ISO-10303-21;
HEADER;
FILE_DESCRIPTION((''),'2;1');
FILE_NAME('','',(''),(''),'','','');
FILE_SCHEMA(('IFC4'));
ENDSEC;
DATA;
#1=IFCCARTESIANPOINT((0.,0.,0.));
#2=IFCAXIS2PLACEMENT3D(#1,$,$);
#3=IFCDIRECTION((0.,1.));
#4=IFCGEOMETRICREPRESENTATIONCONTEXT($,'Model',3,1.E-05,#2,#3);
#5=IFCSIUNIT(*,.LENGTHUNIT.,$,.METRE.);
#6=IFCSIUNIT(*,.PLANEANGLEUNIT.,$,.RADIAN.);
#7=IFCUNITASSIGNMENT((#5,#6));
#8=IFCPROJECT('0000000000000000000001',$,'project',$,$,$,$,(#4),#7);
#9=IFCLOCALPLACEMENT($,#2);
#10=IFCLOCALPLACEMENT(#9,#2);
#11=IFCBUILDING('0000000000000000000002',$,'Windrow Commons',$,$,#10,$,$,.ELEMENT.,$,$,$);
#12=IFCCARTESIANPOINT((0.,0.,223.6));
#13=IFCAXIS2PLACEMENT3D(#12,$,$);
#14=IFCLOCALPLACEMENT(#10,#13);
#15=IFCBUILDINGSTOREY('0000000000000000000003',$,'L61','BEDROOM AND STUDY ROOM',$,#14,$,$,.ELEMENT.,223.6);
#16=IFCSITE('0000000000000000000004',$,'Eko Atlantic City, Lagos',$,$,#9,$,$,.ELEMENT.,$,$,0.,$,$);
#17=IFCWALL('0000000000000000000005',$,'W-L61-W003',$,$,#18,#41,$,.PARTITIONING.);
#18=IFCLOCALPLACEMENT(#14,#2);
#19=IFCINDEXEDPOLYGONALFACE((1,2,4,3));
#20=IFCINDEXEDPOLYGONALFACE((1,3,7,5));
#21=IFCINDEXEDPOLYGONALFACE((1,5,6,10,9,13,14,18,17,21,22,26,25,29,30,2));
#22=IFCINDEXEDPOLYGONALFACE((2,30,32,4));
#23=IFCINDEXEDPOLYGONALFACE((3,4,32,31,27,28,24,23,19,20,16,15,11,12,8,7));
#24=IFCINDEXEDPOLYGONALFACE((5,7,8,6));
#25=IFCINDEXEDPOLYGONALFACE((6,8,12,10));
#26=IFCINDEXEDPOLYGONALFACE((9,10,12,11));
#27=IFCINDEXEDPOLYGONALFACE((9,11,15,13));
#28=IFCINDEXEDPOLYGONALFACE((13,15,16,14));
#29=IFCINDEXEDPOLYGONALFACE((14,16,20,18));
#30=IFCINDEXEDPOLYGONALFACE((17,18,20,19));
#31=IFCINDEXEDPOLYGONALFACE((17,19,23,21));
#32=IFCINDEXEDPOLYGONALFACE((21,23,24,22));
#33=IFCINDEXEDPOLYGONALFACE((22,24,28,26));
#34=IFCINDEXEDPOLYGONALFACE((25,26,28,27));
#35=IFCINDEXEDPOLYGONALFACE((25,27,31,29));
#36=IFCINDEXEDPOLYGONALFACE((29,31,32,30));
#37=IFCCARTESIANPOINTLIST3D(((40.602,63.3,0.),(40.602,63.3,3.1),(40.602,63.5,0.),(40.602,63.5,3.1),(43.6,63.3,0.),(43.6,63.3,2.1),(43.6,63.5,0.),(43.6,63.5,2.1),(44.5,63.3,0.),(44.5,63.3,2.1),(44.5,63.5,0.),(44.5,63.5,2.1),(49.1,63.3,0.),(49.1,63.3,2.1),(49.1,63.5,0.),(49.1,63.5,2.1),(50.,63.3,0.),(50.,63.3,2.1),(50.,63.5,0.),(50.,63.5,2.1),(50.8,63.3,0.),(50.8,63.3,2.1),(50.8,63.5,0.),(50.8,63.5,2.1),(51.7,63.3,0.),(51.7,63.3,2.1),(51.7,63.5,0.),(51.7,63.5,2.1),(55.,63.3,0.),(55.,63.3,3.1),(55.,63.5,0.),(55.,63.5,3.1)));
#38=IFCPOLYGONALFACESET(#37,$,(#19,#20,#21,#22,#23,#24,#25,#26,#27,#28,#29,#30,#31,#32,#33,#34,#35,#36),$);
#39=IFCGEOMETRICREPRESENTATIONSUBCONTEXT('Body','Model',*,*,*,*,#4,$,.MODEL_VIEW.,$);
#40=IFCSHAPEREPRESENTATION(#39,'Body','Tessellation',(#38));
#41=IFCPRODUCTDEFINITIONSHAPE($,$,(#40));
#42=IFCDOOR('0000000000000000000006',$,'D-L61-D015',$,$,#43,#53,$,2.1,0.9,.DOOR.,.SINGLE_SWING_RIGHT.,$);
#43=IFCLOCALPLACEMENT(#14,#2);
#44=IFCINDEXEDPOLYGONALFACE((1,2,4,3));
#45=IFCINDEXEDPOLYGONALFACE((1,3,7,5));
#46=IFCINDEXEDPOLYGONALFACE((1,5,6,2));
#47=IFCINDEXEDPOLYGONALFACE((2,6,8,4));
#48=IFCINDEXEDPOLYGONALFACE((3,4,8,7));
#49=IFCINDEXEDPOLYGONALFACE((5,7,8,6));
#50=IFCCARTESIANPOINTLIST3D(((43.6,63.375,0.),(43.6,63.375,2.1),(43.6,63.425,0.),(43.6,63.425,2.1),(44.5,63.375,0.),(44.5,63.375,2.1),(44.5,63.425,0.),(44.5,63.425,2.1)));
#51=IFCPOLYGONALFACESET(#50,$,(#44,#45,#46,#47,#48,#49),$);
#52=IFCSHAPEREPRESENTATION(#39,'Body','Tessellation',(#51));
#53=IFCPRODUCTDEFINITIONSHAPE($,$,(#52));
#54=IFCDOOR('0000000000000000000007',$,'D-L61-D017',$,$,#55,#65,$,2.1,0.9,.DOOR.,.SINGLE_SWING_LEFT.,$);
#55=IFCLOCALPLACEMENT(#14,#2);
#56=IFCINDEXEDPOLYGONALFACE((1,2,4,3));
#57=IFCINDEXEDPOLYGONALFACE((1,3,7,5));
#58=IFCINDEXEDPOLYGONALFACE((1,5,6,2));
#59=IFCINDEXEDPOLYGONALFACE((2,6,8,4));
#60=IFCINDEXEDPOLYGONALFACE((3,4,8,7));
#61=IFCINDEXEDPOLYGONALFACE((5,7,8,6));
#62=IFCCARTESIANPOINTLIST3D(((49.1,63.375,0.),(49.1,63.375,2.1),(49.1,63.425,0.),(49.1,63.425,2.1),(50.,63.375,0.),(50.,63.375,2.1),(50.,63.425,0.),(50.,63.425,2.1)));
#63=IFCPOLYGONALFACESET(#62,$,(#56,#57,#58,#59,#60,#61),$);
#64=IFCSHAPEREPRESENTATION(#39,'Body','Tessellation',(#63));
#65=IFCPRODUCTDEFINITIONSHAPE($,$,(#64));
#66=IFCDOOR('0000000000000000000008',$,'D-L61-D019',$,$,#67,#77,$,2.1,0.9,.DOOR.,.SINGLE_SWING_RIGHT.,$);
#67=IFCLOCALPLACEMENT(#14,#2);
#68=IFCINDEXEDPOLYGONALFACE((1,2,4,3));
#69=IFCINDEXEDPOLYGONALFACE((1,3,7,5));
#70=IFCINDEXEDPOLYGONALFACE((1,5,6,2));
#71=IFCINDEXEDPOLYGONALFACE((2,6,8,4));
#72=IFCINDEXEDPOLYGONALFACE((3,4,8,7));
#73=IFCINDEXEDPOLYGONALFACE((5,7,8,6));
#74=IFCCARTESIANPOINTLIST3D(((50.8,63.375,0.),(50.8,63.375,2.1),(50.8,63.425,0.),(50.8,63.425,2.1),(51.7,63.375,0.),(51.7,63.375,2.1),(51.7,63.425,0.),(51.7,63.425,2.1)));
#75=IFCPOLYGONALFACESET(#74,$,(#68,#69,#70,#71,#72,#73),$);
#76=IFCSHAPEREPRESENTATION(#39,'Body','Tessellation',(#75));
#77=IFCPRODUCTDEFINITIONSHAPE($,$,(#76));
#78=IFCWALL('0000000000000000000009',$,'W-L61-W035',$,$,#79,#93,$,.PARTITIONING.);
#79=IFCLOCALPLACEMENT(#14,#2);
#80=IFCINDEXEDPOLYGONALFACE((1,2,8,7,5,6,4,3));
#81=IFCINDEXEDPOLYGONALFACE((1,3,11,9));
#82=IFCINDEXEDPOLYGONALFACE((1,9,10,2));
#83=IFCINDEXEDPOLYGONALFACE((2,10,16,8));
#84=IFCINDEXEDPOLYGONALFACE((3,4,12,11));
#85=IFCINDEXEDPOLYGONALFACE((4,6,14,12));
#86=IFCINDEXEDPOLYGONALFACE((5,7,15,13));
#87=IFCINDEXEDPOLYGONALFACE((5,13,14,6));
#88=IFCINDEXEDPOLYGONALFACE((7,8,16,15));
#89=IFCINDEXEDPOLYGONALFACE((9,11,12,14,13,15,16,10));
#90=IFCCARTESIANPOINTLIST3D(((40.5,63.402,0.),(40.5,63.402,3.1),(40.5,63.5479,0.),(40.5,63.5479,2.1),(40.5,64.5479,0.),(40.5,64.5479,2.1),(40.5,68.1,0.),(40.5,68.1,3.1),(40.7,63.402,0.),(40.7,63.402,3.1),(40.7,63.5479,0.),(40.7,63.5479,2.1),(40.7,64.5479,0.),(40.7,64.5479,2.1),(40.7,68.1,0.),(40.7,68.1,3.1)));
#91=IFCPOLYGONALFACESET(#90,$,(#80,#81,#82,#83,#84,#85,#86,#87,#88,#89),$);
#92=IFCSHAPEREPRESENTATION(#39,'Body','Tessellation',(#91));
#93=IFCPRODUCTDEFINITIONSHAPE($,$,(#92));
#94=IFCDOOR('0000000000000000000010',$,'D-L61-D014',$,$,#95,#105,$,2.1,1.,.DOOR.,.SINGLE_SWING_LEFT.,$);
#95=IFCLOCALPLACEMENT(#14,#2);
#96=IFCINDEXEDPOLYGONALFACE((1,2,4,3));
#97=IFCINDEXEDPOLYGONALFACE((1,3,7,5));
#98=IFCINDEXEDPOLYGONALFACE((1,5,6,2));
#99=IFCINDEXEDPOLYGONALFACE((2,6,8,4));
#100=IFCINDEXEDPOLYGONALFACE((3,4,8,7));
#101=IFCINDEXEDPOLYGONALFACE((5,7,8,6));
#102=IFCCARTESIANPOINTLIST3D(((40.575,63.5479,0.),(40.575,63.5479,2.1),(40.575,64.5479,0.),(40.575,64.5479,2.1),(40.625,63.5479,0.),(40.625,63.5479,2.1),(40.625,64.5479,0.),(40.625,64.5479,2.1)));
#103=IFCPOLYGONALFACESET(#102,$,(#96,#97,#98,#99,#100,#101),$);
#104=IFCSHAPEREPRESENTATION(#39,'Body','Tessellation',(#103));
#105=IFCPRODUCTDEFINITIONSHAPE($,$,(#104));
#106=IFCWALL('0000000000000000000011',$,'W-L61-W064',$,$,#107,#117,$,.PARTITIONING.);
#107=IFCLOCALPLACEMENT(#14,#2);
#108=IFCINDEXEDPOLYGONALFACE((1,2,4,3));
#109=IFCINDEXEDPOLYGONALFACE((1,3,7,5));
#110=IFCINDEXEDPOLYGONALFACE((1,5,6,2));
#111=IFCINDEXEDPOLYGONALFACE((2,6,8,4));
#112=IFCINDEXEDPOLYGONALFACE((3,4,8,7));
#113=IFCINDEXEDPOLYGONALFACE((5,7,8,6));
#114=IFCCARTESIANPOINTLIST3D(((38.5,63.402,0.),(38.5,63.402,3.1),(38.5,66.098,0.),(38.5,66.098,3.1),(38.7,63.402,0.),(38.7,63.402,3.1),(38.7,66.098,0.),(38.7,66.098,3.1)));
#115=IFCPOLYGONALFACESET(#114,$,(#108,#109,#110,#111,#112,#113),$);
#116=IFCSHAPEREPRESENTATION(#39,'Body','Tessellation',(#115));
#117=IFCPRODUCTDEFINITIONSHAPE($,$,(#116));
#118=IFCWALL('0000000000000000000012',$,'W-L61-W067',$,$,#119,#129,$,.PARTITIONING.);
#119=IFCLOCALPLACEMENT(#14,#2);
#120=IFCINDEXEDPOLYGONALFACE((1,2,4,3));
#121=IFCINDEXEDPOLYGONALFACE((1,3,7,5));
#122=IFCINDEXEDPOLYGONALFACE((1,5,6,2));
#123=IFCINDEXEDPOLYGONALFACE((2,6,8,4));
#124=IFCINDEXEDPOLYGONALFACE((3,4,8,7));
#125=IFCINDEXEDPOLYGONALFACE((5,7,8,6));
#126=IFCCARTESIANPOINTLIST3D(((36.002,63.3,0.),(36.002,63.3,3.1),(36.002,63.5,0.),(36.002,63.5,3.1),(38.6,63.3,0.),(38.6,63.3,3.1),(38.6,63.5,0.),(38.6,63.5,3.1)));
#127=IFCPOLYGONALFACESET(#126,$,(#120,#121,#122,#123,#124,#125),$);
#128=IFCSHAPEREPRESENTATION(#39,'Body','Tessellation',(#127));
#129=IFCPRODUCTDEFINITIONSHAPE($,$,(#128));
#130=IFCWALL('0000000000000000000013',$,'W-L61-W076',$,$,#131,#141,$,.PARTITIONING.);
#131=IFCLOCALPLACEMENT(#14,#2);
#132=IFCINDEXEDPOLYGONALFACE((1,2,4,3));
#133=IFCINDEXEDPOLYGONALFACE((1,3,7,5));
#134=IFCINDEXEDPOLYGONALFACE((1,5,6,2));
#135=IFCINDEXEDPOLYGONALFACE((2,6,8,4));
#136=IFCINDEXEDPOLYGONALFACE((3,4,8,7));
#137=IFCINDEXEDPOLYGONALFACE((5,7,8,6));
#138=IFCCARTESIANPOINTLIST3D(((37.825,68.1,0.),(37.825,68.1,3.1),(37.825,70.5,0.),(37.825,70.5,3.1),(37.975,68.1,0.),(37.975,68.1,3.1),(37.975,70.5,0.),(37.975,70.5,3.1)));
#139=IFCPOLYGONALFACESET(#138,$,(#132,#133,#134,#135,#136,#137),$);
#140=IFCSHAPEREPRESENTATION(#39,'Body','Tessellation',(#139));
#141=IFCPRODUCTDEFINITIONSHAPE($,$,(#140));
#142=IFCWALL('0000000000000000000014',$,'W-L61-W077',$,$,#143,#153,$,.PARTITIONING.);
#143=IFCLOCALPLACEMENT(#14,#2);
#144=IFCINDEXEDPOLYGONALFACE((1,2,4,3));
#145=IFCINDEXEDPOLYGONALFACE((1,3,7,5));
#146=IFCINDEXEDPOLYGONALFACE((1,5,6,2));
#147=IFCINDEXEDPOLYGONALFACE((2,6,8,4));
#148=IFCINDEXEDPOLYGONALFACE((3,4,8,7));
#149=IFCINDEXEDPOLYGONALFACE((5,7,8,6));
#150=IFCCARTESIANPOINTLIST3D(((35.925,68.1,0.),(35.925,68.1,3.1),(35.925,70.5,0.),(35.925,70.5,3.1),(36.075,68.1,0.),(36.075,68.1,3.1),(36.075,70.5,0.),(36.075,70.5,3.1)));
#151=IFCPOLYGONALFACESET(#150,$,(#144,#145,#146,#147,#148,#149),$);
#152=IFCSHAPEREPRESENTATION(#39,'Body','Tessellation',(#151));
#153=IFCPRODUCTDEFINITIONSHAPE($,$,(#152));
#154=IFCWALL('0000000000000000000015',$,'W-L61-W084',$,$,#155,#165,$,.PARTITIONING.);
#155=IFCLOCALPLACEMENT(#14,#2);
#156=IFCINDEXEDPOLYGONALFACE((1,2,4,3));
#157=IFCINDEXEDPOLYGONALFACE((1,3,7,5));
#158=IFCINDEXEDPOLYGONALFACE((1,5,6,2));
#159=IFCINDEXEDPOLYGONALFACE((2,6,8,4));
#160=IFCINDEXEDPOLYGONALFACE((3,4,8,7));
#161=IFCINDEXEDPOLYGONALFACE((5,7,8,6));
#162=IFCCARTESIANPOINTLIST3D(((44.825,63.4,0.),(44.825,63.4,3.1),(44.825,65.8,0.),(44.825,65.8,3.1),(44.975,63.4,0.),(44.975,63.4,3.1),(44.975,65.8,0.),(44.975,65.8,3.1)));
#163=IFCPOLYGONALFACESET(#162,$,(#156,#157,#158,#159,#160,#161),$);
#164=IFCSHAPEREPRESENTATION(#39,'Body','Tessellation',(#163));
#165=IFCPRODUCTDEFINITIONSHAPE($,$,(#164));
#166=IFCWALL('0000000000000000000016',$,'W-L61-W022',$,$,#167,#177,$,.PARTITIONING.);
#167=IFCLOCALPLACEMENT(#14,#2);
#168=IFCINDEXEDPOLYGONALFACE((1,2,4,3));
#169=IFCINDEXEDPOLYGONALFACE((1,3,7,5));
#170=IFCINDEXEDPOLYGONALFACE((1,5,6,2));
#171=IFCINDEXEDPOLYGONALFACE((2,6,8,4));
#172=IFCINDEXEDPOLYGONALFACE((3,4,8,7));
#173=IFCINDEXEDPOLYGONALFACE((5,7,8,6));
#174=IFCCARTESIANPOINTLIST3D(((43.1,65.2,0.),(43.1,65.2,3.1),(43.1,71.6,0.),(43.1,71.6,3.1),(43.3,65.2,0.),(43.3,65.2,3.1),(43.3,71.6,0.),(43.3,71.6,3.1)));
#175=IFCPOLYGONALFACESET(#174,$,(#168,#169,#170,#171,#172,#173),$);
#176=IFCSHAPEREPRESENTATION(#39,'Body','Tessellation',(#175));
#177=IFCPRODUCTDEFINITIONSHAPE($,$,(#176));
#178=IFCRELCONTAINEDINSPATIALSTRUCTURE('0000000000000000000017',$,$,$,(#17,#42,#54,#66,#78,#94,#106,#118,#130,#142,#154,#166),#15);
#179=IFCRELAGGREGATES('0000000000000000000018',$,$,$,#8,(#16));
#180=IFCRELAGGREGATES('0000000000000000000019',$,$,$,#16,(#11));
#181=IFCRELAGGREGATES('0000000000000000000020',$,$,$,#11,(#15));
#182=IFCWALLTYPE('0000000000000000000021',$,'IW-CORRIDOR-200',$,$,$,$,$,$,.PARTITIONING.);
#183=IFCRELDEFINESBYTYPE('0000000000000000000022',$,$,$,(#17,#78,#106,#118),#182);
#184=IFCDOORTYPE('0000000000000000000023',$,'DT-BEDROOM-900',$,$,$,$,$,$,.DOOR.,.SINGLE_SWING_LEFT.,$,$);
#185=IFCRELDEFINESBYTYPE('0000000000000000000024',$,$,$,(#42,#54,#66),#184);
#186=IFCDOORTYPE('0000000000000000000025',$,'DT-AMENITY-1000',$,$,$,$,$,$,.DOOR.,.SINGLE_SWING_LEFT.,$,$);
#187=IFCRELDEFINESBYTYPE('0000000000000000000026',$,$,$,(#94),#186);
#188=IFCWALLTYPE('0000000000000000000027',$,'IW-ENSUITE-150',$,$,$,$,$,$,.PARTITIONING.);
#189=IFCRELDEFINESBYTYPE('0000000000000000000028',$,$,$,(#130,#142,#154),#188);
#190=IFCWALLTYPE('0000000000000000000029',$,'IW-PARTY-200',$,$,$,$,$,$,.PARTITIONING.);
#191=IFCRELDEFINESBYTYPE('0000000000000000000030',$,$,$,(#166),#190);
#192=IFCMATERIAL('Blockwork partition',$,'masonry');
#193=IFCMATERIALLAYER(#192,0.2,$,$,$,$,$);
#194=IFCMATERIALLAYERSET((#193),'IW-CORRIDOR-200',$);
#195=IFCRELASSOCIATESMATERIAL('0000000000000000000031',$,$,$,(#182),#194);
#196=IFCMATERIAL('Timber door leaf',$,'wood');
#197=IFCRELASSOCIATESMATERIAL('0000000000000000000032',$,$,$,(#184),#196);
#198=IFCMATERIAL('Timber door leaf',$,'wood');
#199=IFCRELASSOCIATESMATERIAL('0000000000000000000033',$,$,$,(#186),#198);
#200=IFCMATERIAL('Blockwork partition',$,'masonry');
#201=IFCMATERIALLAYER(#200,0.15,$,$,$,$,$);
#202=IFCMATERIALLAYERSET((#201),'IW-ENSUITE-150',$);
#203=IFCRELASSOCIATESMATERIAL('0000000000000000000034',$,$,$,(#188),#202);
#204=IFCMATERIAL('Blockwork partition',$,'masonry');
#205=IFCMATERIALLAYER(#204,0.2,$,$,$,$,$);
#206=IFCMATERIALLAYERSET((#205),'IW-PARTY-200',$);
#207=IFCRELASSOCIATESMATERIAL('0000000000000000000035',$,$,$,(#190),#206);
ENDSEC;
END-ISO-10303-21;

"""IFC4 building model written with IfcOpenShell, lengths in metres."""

from ifc_helpers import new_model, si_unit, direction, frame, frame_2d, origin, place, context, subcontext, project, spatial, rectangle, extrude, material, layer, layer_set, type_object, element, fill, save


model = new_model("IFC4")

# Units and contexts
model_context = context("Model", 3, precision=1e-05, world=origin(), true_north=direction((0.0, 1.0)))
body_context = subcontext(model_context, "Body", "Model", "MODEL_VIEW")
ifc_project = project(units=[si_unit("LENGTHUNIT", "METRE"), si_unit("PLANEANGLEUNIT", "RADIAN")], contexts=[model_context])

# Site, building, storey
site_placement = place(None, origin())
site = spatial("IfcSite", under=ifc_project, at=site_placement, Name="Eko Atlantic City, Lagos", CompositionType="ELEMENT", RefElevation=0.0)
building_placement = place(site_placement, origin())
building = spatial("IfcBuilding", under=site, at=building_placement, Name="Windrow Commons", CompositionType="ELEMENT")
storey_placement = place(building_placement, frame((0.0, 0.0, 223.6)))
storey = spatial("IfcBuildingStorey", under=building, at=storey_placement, Name="L61", Description="BEDROOM AND STUDY ROOM", CompositionType="ELEMENT", Elevation=223.6)

# Wall, openings, doors
ifc_material_1 = material(Name="Blockwork partition", Category="masonry")
ifc_layer_1 = layer(ifc_material_1, 0.2)
ifc_layer_set_1 = layer_set([ifc_layer_1], Name="IW-CORRIDOR-200")
wall_type_1 = type_object("IfcWallType", Name="IW-CORRIDOR-200", PredefinedType="PARTITIONING", material=ifc_layer_set_1)
wall_1_placement = place(storey_placement, frame((40.602, 63.4, 0.0), z_axis=(0.0, 0.0, 1.0), x_axis=(1.0, 0.0, 0.0)))
wall_1 = element("IfcWall", 1, at=wall_1_placement, inside=storey, type_object=wall_type_1, Name="W-L61-W003", PredefinedType="PARTITIONING", context=body_context, shape_type="SweptSolid", body=[
    extrude(rectangle(XDim=14.398, YDim=0.2, at=frame_2d((7.199, 0.0))), origin(), (0.0, 0.0, 1.0), 3.1),
])
opening_1_placement = place(wall_1_placement, frame((2.998, 0.0, 0.0)))
opening_1 = element("IfcOpeningElement", 2, at=opening_1_placement, cuts=wall_1, PredefinedType="OPENING", context=body_context, shape_type="SweptSolid", body=[
    extrude(rectangle(XDim=0.9, YDim=2.1, at=frame_2d((0.45, 1.05))), frame((0.0, 0.11, 0.0), z_axis=(0.0, -1.0, 0.0), x_axis=(1.0, 0.0, 0.0)), (0.0, 0.0, 1.0), 0.22),
])
opening_2_placement = place(wall_1_placement, frame((8.498, 0.0, 0.0)))
opening_2 = element("IfcOpeningElement", 3, at=opening_2_placement, cuts=wall_1, PredefinedType="OPENING", context=body_context, shape_type="SweptSolid", body=[
    extrude(rectangle(XDim=0.9, YDim=2.1, at=frame_2d((0.45, 1.05))), frame((0.0, 0.11, 0.0), z_axis=(0.0, -1.0, 0.0), x_axis=(1.0, 0.0, 0.0)), (0.0, 0.0, 1.0), 0.22),
])
opening_3_placement = place(wall_1_placement, frame((10.198, 0.0, 0.0)))
opening_3 = element("IfcOpeningElement", 4, at=opening_3_placement, cuts=wall_1, PredefinedType="OPENING", context=body_context, shape_type="SweptSolid", body=[
    extrude(rectangle(XDim=0.9, YDim=2.1, at=frame_2d((0.45, 1.05))), frame((0.0, 0.11, 0.0), z_axis=(0.0, -1.0, 0.0), x_axis=(1.0, 0.0, 0.0)), (0.0, 0.0, 1.0), 0.22),
])
ifc_material_2 = material(Name="Timber door leaf", Category="wood")
door_type_1 = type_object("IfcDoorType", Name="DT-BEDROOM-900", OperationType="SINGLE_SWING_LEFT", PredefinedType="DOOR", material=ifc_material_2)
door_1_placement = place(opening_1_placement, origin())
door_1 = element("IfcDoor", 5, at=door_1_placement, inside=storey, type_object=door_type_1, Name="D-L61-D015", OperationType="SINGLE_SWING_RIGHT", OverallHeight=2.1, OverallWidth=0.9, PredefinedType="DOOR", context=body_context, shape_type="SweptSolid", body=[
    extrude(rectangle(XDim=0.9, YDim=2.1, at=frame_2d((0.45, 1.05))), frame((0.0, 0.025, 0.0), z_axis=(0.0, -1.0, 0.0), x_axis=(1.0, 0.0, 0.0)), (0.0, 0.0, 1.0), 0.05),
])
fill(opening_1, door_1)
door_2_placement = place(opening_2_placement, origin())
door_2 = element("IfcDoor", 6, at=door_2_placement, inside=storey, type_object=door_type_1, Name="D-L61-D017", OperationType="SINGLE_SWING_LEFT", OverallHeight=2.1, OverallWidth=0.9, PredefinedType="DOOR", context=body_context, shape_type="SweptSolid", body=[
    extrude(rectangle(XDim=0.9, YDim=2.1, at=frame_2d((0.45, 1.05))), frame((0.0, 0.025, 0.0), z_axis=(0.0, -1.0, 0.0), x_axis=(1.0, 0.0, 0.0)), (0.0, 0.0, 1.0), 0.05),
])
fill(opening_2, door_2)
door_3_placement = place(opening_3_placement, origin())
door_3 = element("IfcDoor", 7, at=door_3_placement, inside=storey, type_object=door_type_1, Name="D-L61-D019", OperationType="SINGLE_SWING_RIGHT", OverallHeight=2.1, OverallWidth=0.9, PredefinedType="DOOR", context=body_context, shape_type="SweptSolid", body=[
    extrude(rectangle(XDim=0.9, YDim=2.1, at=frame_2d((0.45, 1.05))), frame((0.0, 0.025, 0.0), z_axis=(0.0, -1.0, 0.0), x_axis=(1.0, 0.0, 0.0)), (0.0, 0.0, 1.0), 0.05),
])
fill(opening_3, door_3)

# Wall, opening, door
wall_2_placement = place(storey_placement, frame((40.6, 63.402, 0.0), z_axis=(0.0, 0.0, 1.0), x_axis=(0.0, 1.0, 0.0)))
wall_2 = element("IfcWall", 8, at=wall_2_placement, inside=storey, type_object=wall_type_1, Name="W-L61-W035", PredefinedType="PARTITIONING", context=body_context, shape_type="SweptSolid", body=[
    extrude(rectangle(XDim=4.698, YDim=0.2, at=frame_2d((2.349, 0.0))), origin(), (0.0, 0.0, 1.0), 3.1),
])
opening_4_placement = place(wall_2_placement, frame((0.1459, 0.0, 0.0)))
opening_4 = element("IfcOpeningElement", 9, at=opening_4_placement, cuts=wall_2, PredefinedType="OPENING", context=body_context, shape_type="SweptSolid", body=[
    extrude(rectangle(XDim=1.0, YDim=2.1, at=frame_2d((0.5, 1.05))), frame((0.0, 0.11, 0.0), z_axis=(0.0, -1.0, 0.0), x_axis=(1.0, 0.0, 0.0)), (0.0, 0.0, 1.0), 0.22),
])
ifc_material_3 = material(Name="Timber door leaf", Category="wood")
door_type_2 = type_object("IfcDoorType", Name="DT-AMENITY-1000", OperationType="SINGLE_SWING_LEFT", PredefinedType="DOOR", material=ifc_material_3)
door_4_placement = place(opening_4_placement, origin())
door_4 = element("IfcDoor", 10, at=door_4_placement, inside=storey, type_object=door_type_2, Name="D-L61-D014", OperationType="SINGLE_SWING_LEFT", OverallHeight=2.1, OverallWidth=1.0, PredefinedType="DOOR", context=body_context, shape_type="SweptSolid", body=[
    extrude(rectangle(XDim=1.0, YDim=2.1, at=frame_2d((0.5, 1.05))), frame((0.0, 0.025, 0.0), z_axis=(0.0, -1.0, 0.0), x_axis=(1.0, 0.0, 0.0)), (0.0, 0.0, 1.0), 0.05),
])
fill(opening_4, door_4)

# Walls
wall_3_placement = place(storey_placement, frame((38.6, 63.402, 0.0), z_axis=(0.0, 0.0, 1.0), x_axis=(0.0, 1.0, 0.0)))
element("IfcWall", 11, at=wall_3_placement, inside=storey, type_object=wall_type_1, Name="W-L61-W064", PredefinedType="PARTITIONING", context=body_context, shape_type="SweptSolid", body=[
    extrude(rectangle(XDim=2.696, YDim=0.2, at=frame_2d((1.348, 0.0))), origin(), (0.0, 0.0, 1.0), 3.1),
])
wall_4_placement = place(storey_placement, frame((36.002, 63.4, 0.0), z_axis=(0.0, 0.0, 1.0), x_axis=(1.0, 0.0, 0.0)))
element("IfcWall", 12, at=wall_4_placement, inside=storey, type_object=wall_type_1, Name="W-L61-W067", PredefinedType="PARTITIONING", context=body_context, shape_type="SweptSolid", body=[
    extrude(rectangle(XDim=2.598, YDim=0.2, at=frame_2d((1.299, 0.0))), origin(), (0.0, 0.0, 1.0), 3.1),
])
ifc_material_4 = material(Name="Blockwork partition", Category="masonry")
ifc_layer_2 = layer(ifc_material_4, 0.15)
ifc_layer_set_2 = layer_set([ifc_layer_2], Name="IW-ENSUITE-150")
wall_type_2 = type_object("IfcWallType", Name="IW-ENSUITE-150", PredefinedType="PARTITIONING", material=ifc_layer_set_2)
for number, where, z_axis, x_axis, name in (
    (13, (37.9, 68.1, 0.0), (0.0, 0.0, 1.0), (0.0, 1.0, 0.0), "W-L61-W076"),
    (14, (36.0, 68.1, 0.0), (0.0, 0.0, 1.0), (0.0, 1.0, 0.0), "W-L61-W077"),
    (15, (44.9, 63.4, 0.0), (0.0, 0.0, 1.0), (0.0, 1.0, 0.0), "W-L61-W084"),
):
    element("IfcWall", number, at=place(storey_placement, frame(where, z_axis=z_axis, x_axis=x_axis)), inside=storey, type_object=wall_type_2, Name=name, PredefinedType="PARTITIONING", context=body_context, shape_type="SweptSolid", body=[
        extrude(rectangle(XDim=2.4, YDim=0.15, at=frame_2d((1.2, 0.0))), origin(), (0.0, 0.0, 1.0), 3.1),
    ])
ifc_material_5 = material(Name="Blockwork partition", Category="masonry")
ifc_layer_3 = layer(ifc_material_5, 0.2)
ifc_layer_set_3 = layer_set([ifc_layer_3], Name="IW-PARTY-200")
wall_type_3 = type_object("IfcWallType", Name="IW-PARTY-200", PredefinedType="PARTITIONING", material=ifc_layer_set_3)
wall_5_placement = place(storey_placement, frame((43.2, 65.2, 0.0), z_axis=(0.0, 0.0, 1.0), x_axis=(0.0, 1.0, 0.0)))
element("IfcWall", 16, at=wall_5_placement, inside=storey, type_object=wall_type_3, Name="W-L61-W022", PredefinedType="PARTITIONING", context=body_context, shape_type="SweptSolid", body=[
    extrude(rectangle(XDim=6.4, YDim=0.2, at=frame_2d((3.2, 0.0))), origin(), (0.0, 0.0, 1.0), 3.1),
])

save(model, "model.ifc")
